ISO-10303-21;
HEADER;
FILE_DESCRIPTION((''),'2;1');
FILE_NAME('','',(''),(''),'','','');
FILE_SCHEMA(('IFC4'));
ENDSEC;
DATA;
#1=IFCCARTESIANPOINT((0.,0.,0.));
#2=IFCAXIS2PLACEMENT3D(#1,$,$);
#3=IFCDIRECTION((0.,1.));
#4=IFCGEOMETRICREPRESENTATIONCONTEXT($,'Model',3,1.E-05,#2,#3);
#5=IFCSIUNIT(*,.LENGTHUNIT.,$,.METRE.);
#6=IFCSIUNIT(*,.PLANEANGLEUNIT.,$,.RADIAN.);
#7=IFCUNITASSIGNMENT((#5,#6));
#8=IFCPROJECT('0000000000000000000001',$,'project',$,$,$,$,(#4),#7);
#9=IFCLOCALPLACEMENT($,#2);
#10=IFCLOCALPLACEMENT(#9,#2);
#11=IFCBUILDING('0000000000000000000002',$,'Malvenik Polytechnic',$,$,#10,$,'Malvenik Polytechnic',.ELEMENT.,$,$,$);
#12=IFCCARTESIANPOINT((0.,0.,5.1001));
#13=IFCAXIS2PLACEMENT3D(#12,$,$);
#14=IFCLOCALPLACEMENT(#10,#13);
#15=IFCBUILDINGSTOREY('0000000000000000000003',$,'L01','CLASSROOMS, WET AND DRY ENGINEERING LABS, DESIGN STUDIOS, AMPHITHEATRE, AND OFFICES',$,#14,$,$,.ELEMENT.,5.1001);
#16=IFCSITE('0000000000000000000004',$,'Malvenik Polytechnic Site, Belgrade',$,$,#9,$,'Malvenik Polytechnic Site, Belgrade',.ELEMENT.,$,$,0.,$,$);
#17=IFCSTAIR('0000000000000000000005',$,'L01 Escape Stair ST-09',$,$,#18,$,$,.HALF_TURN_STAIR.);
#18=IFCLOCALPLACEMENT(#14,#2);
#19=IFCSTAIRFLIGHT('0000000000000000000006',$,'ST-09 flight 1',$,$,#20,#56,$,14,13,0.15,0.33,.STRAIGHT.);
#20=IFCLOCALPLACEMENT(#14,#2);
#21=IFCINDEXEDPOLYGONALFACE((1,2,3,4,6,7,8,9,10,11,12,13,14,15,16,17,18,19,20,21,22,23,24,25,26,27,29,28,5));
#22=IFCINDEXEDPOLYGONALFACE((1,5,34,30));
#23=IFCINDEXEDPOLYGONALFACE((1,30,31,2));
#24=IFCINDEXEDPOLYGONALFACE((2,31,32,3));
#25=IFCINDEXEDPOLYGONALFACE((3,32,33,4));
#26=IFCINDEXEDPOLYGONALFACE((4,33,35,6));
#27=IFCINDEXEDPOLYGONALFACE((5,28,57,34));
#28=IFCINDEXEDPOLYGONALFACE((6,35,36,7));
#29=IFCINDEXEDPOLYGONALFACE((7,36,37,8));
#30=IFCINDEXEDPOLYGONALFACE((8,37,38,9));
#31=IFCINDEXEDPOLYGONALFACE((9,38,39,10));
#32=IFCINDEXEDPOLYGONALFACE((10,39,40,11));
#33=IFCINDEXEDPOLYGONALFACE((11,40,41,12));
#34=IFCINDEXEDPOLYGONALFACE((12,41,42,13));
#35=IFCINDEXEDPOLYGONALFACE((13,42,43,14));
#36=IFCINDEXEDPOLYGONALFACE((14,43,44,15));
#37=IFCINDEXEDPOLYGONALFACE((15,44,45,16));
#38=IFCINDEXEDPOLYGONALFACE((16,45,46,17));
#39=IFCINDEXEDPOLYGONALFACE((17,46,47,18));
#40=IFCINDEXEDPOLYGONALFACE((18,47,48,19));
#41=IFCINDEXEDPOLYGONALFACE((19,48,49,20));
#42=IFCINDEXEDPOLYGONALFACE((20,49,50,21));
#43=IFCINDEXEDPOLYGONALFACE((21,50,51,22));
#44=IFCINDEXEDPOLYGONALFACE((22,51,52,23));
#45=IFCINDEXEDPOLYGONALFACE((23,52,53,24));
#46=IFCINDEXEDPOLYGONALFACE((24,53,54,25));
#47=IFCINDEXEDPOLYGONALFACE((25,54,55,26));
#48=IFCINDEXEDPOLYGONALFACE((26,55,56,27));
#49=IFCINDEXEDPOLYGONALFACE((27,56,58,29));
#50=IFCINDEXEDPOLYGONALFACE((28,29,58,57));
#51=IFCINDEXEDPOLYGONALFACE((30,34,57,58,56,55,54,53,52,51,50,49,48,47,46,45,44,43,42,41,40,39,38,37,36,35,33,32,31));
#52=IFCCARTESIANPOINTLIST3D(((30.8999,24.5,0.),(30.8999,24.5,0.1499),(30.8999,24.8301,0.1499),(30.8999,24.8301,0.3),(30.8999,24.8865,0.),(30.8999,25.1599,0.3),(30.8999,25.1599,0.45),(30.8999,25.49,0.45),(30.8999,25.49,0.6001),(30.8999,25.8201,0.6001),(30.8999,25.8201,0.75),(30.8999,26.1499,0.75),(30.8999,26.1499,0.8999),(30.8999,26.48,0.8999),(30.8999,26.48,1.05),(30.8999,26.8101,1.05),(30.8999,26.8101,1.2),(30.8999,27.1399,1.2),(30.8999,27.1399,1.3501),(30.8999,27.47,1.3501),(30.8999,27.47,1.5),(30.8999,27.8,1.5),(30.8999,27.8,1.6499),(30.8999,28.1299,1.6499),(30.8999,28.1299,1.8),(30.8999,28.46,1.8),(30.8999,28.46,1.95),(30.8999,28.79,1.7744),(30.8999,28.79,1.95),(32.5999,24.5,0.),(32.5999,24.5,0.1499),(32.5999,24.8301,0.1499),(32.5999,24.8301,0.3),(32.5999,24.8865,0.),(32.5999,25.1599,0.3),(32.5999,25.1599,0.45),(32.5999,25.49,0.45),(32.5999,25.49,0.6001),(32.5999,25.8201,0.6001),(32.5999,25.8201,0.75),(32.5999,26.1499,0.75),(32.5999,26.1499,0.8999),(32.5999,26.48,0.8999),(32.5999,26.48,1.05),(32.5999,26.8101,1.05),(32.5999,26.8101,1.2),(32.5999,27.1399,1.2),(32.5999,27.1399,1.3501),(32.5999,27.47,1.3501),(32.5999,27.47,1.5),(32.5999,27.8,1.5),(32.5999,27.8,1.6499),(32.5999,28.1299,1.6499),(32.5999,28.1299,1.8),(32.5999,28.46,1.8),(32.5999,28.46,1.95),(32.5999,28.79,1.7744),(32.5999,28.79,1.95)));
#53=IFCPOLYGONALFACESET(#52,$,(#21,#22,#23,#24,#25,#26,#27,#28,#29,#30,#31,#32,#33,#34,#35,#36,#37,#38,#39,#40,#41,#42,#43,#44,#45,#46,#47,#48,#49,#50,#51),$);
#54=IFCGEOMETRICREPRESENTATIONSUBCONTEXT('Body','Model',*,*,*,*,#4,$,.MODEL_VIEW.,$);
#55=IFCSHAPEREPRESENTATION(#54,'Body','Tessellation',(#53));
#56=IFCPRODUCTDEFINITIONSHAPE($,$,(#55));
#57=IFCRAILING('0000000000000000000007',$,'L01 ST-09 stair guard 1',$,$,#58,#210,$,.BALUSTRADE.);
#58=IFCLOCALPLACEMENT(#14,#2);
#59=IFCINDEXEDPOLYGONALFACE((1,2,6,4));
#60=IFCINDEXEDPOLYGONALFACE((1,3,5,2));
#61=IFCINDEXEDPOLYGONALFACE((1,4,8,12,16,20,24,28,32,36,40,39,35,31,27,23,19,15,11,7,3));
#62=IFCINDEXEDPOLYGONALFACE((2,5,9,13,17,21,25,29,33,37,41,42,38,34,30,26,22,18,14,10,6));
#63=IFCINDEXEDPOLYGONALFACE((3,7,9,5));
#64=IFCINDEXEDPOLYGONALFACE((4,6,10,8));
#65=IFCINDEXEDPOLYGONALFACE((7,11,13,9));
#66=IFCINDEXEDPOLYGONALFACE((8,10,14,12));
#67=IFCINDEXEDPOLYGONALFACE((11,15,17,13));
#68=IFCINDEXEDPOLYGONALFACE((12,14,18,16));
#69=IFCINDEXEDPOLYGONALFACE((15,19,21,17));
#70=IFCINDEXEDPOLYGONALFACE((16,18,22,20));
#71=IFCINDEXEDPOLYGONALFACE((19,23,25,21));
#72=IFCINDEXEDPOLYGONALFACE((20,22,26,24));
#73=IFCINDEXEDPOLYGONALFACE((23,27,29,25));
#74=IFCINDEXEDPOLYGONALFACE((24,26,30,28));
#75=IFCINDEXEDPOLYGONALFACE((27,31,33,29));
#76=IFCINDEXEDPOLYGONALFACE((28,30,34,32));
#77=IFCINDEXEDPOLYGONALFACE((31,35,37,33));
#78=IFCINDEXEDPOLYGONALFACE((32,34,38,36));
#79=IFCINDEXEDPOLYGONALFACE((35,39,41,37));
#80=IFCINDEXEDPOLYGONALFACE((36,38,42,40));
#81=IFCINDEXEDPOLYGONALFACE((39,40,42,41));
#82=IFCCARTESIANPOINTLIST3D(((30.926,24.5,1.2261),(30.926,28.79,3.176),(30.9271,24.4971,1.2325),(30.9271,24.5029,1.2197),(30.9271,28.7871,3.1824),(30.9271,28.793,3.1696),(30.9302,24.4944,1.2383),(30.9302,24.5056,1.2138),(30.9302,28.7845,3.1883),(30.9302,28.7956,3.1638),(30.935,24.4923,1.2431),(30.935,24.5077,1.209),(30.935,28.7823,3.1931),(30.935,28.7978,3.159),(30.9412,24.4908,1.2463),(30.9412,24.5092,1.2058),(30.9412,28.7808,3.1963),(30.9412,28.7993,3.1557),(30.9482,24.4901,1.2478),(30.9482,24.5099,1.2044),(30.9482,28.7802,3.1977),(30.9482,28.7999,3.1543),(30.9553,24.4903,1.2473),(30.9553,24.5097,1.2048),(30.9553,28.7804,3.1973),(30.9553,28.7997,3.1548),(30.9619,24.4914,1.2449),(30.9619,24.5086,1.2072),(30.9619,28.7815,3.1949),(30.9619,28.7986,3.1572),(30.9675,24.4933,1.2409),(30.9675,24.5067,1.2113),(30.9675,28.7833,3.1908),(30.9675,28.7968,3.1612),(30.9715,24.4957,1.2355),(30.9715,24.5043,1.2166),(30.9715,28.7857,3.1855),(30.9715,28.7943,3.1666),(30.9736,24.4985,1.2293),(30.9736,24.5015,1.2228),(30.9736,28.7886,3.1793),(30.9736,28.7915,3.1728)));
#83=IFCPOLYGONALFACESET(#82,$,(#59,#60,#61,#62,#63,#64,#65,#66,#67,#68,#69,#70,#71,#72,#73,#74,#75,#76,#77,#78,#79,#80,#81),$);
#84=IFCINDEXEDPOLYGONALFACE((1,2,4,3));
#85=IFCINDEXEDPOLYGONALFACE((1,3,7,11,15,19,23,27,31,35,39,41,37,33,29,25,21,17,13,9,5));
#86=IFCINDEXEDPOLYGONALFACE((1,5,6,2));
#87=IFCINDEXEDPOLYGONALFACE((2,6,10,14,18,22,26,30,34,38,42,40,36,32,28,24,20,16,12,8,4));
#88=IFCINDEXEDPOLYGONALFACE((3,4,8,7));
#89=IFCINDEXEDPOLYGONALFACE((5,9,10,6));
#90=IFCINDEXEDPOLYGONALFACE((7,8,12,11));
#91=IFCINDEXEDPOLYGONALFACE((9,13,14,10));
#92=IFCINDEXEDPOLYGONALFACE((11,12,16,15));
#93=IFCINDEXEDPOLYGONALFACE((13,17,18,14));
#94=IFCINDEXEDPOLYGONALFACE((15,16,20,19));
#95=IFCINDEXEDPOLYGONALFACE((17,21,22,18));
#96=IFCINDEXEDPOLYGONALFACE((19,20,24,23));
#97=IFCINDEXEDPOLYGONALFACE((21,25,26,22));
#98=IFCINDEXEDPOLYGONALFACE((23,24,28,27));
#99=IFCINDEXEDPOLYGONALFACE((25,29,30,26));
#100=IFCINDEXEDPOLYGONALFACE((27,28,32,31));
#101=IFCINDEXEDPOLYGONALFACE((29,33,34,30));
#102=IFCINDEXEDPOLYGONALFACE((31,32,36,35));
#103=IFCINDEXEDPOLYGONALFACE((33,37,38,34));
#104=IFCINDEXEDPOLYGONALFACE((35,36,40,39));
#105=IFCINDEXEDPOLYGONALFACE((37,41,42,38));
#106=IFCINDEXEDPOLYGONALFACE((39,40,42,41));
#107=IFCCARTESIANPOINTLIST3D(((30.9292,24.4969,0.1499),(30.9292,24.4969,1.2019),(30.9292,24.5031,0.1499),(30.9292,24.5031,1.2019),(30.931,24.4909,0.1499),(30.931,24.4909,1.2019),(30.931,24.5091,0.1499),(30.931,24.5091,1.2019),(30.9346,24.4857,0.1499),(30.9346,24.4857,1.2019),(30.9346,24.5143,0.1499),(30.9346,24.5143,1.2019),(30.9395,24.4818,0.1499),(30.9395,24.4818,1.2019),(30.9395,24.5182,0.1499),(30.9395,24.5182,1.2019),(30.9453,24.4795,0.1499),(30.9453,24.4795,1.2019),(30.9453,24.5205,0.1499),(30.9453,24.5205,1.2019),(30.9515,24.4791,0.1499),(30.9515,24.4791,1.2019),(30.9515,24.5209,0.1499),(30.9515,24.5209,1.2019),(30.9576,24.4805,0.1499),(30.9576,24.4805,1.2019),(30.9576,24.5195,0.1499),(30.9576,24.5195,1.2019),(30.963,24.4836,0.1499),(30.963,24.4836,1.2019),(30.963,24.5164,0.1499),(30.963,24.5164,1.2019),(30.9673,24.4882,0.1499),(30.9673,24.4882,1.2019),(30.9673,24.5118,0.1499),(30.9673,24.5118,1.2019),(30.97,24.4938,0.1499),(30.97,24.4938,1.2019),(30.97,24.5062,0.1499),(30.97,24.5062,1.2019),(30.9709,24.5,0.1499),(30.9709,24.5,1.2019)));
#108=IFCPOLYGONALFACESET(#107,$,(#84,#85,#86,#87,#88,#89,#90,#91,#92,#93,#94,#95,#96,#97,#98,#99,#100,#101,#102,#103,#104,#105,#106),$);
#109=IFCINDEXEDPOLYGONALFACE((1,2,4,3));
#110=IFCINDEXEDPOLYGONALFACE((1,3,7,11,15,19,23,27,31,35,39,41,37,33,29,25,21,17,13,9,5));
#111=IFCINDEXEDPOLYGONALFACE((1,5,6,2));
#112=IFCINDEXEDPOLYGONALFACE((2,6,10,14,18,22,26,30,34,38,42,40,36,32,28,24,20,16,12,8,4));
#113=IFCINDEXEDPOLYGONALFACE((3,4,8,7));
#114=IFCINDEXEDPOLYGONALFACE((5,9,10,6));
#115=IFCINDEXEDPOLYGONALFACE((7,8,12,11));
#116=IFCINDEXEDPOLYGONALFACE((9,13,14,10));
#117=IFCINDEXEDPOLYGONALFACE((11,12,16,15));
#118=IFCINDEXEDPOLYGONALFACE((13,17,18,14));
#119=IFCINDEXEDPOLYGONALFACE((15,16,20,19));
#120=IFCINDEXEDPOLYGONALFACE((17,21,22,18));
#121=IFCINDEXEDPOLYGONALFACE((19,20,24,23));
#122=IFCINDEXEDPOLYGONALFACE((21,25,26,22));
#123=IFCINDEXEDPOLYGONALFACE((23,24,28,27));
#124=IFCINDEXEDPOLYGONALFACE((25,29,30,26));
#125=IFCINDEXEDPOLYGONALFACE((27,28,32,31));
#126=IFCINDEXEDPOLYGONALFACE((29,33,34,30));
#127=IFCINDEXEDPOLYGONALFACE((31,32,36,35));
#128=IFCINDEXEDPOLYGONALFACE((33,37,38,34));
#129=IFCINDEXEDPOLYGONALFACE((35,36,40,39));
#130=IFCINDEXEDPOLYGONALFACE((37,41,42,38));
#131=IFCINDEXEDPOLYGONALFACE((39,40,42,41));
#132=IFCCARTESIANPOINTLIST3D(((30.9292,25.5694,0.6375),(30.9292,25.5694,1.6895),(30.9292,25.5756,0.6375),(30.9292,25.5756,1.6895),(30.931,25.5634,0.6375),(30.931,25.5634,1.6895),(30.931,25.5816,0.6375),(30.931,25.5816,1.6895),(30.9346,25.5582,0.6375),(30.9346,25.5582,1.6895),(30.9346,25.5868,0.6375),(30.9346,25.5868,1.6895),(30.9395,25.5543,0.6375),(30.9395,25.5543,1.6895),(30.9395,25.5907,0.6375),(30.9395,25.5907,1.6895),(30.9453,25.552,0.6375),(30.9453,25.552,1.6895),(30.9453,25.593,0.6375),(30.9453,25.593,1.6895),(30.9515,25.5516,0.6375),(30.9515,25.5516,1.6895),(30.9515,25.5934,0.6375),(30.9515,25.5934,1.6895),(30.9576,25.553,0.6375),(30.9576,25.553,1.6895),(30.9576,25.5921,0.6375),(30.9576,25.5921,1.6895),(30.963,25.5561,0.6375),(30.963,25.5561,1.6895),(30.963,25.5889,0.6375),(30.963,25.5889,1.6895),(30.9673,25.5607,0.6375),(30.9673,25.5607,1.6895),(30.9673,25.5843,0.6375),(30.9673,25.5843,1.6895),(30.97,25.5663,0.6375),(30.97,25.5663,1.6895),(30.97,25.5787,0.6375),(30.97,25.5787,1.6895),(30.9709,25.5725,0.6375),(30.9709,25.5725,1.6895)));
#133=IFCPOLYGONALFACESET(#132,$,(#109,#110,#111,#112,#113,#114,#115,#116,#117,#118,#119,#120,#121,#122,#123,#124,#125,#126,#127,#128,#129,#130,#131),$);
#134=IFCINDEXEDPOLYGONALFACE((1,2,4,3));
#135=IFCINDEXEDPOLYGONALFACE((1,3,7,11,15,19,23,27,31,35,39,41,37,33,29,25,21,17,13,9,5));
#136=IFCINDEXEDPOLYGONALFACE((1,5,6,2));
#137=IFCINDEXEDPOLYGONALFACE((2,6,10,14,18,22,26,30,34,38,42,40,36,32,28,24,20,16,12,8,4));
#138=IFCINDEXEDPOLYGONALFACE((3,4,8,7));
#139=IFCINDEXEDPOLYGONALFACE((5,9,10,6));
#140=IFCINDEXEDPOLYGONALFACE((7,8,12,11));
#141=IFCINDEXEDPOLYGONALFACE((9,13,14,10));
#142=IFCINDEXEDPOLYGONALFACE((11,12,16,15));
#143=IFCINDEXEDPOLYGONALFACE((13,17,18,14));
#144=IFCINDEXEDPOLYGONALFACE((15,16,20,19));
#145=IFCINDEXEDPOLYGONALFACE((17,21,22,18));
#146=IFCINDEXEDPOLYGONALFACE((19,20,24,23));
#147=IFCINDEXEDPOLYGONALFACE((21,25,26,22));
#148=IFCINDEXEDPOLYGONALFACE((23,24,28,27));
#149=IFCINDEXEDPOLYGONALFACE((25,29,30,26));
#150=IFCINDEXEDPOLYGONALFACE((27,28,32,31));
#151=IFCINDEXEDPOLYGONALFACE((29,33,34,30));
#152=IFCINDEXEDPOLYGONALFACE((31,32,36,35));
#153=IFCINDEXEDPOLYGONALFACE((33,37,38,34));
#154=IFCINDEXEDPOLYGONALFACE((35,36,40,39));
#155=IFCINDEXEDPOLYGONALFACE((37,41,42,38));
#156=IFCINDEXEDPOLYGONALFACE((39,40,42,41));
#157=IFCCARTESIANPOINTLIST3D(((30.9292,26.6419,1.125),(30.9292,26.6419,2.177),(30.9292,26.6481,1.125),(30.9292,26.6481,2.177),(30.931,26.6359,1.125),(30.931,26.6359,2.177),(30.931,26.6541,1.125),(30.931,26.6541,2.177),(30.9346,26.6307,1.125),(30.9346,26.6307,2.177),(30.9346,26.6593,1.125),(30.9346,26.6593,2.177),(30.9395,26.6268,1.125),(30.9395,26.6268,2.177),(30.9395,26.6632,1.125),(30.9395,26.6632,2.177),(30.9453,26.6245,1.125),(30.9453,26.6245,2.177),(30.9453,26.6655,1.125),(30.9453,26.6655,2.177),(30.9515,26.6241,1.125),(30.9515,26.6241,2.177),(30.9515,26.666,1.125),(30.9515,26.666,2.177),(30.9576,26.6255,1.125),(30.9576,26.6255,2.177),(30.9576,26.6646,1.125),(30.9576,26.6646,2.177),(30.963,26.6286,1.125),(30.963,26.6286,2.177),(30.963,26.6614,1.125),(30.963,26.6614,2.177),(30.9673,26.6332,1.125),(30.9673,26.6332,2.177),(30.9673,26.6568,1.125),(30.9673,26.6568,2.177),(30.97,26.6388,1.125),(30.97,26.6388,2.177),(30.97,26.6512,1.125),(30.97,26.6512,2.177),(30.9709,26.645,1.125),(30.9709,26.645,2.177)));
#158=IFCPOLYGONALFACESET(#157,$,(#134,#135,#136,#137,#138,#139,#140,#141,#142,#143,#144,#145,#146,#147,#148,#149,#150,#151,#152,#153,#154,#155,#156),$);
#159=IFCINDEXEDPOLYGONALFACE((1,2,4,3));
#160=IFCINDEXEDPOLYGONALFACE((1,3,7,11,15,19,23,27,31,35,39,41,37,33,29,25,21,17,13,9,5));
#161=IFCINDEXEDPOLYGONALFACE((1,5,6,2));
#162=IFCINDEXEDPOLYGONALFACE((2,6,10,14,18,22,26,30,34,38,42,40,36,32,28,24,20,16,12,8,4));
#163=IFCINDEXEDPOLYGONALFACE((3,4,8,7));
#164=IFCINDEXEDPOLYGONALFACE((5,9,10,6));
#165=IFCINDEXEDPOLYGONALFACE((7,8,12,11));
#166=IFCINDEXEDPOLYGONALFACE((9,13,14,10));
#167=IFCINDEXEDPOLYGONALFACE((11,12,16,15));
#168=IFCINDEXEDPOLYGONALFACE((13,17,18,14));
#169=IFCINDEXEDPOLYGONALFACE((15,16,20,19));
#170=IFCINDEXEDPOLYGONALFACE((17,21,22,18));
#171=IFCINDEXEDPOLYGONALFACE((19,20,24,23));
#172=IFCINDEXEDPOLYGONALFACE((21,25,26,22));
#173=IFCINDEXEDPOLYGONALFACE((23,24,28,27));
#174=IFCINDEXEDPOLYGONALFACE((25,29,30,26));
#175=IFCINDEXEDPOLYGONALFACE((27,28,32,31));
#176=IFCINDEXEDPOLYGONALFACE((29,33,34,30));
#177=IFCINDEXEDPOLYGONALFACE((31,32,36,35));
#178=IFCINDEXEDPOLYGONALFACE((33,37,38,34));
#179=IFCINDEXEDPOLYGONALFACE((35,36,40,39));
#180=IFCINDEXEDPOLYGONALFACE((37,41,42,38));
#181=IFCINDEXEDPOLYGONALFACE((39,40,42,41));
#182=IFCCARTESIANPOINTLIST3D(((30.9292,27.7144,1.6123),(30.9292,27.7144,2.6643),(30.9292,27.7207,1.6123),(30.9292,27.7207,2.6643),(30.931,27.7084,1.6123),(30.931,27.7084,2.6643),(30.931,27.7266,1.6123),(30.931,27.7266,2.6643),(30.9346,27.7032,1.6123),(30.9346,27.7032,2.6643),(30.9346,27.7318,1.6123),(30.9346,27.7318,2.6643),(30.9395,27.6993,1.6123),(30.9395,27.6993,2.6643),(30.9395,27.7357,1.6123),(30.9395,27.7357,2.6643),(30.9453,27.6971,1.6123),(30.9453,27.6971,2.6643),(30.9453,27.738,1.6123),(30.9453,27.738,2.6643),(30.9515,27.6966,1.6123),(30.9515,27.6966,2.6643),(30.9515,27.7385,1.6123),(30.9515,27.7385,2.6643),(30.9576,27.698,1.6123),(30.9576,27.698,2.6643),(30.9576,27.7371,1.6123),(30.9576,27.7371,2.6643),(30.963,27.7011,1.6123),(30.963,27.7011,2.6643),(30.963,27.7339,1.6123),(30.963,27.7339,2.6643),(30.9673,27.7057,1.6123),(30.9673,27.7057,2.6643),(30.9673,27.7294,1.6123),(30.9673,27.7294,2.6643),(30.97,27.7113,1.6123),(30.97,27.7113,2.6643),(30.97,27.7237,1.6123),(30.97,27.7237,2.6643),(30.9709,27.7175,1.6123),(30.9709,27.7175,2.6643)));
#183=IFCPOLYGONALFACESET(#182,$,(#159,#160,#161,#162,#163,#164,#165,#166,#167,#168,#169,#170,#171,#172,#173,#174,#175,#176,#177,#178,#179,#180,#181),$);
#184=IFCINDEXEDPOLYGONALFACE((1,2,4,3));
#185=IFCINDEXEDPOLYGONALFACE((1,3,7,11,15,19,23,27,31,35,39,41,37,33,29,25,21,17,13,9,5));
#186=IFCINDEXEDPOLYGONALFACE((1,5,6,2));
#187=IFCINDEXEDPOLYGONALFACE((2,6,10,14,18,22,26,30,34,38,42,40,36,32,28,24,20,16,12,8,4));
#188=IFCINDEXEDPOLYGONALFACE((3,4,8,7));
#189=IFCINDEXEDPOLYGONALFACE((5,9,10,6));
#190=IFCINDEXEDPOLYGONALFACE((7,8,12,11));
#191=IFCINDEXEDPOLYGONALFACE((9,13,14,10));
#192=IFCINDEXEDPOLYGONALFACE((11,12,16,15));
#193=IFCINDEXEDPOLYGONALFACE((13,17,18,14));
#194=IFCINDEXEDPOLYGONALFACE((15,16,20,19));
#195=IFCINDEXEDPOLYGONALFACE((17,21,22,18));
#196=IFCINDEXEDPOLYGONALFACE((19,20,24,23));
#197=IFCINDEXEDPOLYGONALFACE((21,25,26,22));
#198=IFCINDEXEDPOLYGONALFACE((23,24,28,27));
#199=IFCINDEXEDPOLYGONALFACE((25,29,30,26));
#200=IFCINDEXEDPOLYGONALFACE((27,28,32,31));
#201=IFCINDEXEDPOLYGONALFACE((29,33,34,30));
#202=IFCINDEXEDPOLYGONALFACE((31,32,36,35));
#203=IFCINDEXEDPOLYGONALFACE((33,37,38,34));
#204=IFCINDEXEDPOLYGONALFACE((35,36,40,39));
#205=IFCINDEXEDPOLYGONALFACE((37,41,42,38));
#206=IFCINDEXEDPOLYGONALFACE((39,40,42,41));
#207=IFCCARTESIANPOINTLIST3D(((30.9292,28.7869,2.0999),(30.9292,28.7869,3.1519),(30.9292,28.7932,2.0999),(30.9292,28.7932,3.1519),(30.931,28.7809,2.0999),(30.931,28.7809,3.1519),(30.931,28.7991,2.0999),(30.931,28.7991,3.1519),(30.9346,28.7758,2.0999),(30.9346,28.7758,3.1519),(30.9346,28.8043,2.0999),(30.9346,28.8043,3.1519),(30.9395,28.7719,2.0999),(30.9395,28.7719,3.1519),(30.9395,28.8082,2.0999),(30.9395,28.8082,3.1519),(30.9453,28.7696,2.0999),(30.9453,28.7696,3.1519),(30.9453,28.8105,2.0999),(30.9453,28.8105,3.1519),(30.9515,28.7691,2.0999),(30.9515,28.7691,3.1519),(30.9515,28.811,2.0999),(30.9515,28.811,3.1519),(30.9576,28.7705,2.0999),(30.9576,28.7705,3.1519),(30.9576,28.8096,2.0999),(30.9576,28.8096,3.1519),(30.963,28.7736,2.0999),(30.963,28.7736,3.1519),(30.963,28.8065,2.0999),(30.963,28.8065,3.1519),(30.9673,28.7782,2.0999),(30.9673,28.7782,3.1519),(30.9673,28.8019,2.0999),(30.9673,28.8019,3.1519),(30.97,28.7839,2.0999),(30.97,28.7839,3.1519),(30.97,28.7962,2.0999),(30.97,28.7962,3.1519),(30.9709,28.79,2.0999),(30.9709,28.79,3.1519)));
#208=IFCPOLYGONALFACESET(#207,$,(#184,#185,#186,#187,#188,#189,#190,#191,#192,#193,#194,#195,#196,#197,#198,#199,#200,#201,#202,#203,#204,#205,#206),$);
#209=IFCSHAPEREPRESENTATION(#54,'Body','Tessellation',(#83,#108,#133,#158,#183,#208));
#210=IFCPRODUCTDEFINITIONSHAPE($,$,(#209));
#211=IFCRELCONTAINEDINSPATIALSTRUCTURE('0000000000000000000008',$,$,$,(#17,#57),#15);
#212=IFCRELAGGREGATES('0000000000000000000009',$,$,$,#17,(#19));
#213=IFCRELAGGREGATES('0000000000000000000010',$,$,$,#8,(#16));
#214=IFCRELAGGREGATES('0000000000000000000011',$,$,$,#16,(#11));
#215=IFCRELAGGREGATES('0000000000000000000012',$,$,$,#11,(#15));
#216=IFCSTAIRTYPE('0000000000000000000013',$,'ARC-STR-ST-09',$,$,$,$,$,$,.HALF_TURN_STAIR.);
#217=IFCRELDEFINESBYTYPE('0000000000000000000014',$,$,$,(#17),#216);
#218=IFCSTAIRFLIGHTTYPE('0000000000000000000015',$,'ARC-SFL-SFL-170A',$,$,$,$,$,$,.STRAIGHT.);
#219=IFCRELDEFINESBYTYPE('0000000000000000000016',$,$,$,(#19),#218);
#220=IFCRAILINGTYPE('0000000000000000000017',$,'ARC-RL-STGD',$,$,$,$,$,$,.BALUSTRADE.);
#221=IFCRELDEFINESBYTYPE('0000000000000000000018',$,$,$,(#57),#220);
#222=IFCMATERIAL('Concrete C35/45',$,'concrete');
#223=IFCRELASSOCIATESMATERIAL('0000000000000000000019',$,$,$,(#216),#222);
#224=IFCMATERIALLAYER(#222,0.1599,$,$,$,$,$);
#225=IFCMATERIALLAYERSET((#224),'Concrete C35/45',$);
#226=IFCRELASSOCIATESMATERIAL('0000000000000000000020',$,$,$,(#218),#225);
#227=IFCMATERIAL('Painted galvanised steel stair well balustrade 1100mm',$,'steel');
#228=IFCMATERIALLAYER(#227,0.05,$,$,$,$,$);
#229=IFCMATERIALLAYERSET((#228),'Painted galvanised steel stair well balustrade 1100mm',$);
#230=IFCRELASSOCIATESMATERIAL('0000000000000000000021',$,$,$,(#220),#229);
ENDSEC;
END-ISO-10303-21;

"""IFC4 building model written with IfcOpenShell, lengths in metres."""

from ifc_helpers import new_model, si_unit, direction, frame, origin, origin_2d, place, context, subcontext, project, spatial, polyline, circle, outline, extrude, material, layer, layer_set, type_object, element, aggregate, save


model = new_model("IFC4")

# Units and contexts
model_context = context("Model", 3, precision=1e-05, world=origin(), true_north=direction((0.0, 1.0)))
body_context = subcontext(model_context, "Body", "Model", "MODEL_VIEW")
ifc_project = project(units=[si_unit("LENGTHUNIT", "METRE"), si_unit("PLANEANGLEUNIT", "RADIAN")], contexts=[model_context])

# Site, building, storey
site_placement = place(None, origin())
site = spatial("IfcSite", under=ifc_project, at=site_placement, Name="Malvenik Polytechnic Site, Belgrade", LongName="Malvenik Polytechnic Site, Belgrade", CompositionType="ELEMENT", RefElevation=0.0)
building_placement = place(site_placement, origin())
building = spatial("IfcBuilding", under=site, at=building_placement, Name="Malvenik Polytechnic", LongName="Malvenik Polytechnic", CompositionType="ELEMENT")
storey_placement = place(building_placement, frame((0.0, 0.0, 5.1001)))
storey = spatial("IfcBuildingStorey", under=building, at=storey_placement, Name="L01", Description="CLASSROOMS, WET AND DRY ENGINEERING LABS, DESIGN STUDIOS, AMPHITHEATRE, AND OFFICES", CompositionType="ELEMENT", Elevation=5.1001)

# Shared definitions
ifc_material_1 = material(Name="Concrete C35/45", Category="concrete")

# Stair, stair flight
stair_type = type_object("IfcStairType", Name="ARC-STR-ST-09", PredefinedType="HALF_TURN_STAIR", material=ifc_material_1)
stair_placement = place(storey_placement, origin())
stair = element("IfcStair", 1, at=stair_placement, inside=storey, type_object=stair_type, Name="L01 Escape Stair ST-09", PredefinedType="HALF_TURN_STAIR")
ifc_layer_1 = layer(ifc_material_1, 0.1599)
ifc_layer_set_1 = layer_set([ifc_layer_1], Name="Concrete C35/45")
stair_flight_type = type_object("IfcStairFlightType", Name="ARC-SFL-SFL-170A", PredefinedType="STRAIGHT", material=ifc_layer_set_1)
stair_flight_placement = place(storey_placement, frame((31.75, 24.5, 0.0), z_axis=(0.0, 0.0, 1.0), x_axis=(0.0, 1.0, 0.0)))
stair_flight = element("IfcStairFlight", 2, at=stair_flight_placement, type_object=stair_flight_type, Name="ST-09 flight 1", NumberOfRisers=14, NumberOfTreads=13, PredefinedType="STRAIGHT", RiserHeight=0.15, TreadLength=0.33, context=body_context, shape_type="SweptSolid", body=[
    extrude(outline(polyline([(0.0, 0.0), (0.0, 0.1499), (0.3301, 0.1499), (0.3301, 0.3), (0.6599, 0.3), (0.6599, 0.45), (0.99, 0.45), (0.99, 0.6001), (1.3201, 0.6001), (1.3201, 0.75), (1.6499, 0.75), (1.6499, 0.8999), (1.98, 0.8999), (1.98, 1.05), (2.3101, 1.05), (2.3101, 1.2), (2.6399, 1.2), (2.6399, 1.3501), (2.97, 1.3501), (2.97, 1.5), (3.3, 1.5), (3.3, 1.6499), (3.6299, 1.6499), (3.6299, 1.8), (3.96, 1.8), (3.96, 1.95), (4.29, 1.95), (4.29, 2.1001), (4.29, 1.7744), (0.3865, 0.0), (0.0, 0.0)])), frame((0.0, 0.8501, 0.0), z_axis=(0.0, -1.0, 0.0), x_axis=(1.0, 0.0, 0.0)), (0.0, 0.0, 1.0), 1.7),
])
aggregate(stair, [stair_flight])

# Railing
ifc_material_2 = material(Name="Painted galvanised steel stair well balustrade 1100mm", Category="steel")
ifc_layer_2 = layer(ifc_material_2, 0.05)
ifc_layer_set_2 = layer_set([ifc_layer_2], Name="Painted galvanised steel stair well balustrade 1100mm")
railing_type_1 = type_object("IfcRailingType", Name="ARC-RL-STGD", PredefinedType="BALUSTRADE", material=ifc_layer_set_2)
railing_1_placement = place(storey_placement, frame((30.95, 24.5, 0.1499)))
element("IfcRailing", 3, at=railing_1_placement, inside=storey, type_object=railing_type_1, Name="L01 ST-09 stair guard 1", PredefinedType="BALUSTRADE", context=body_context, shape_type="SweptSolid", body=[
    extrude(circle(Radius=0.0239, at=origin_2d()), frame((0.0, 0.0, 1.0762), z_axis=(0.0, 0.910372, 0.413791), x_axis=(-1.0, 0.0, 0.0)), (0.0, 0.0, 1.0), 4.7124),
    extrude(circle(Radius=0.021, at=origin_2d()), origin(), (0.0, 0.0, 1.0), 1.052),
    extrude(circle(Radius=0.021, at=origin_2d()), frame((0.0, 1.0725, 0.4875)), (0.0, 0.0, 1.0), 1.052),
    extrude(circle(Radius=0.021, at=origin_2d()), frame((0.0, 2.145, 0.9751)), (0.0, 0.0, 1.0), 1.052),
    extrude(circle(Radius=0.021, at=origin_2d()), frame((0.0, 3.2175, 1.4624)), (0.0, 0.0, 1.0), 1.052),
    extrude(circle(Radius=0.021, at=origin_2d()), frame((0.0, 4.29, 1.95)), (0.0, 0.0, 1.0), 1.052),
])

save(model, "model.ifc")
